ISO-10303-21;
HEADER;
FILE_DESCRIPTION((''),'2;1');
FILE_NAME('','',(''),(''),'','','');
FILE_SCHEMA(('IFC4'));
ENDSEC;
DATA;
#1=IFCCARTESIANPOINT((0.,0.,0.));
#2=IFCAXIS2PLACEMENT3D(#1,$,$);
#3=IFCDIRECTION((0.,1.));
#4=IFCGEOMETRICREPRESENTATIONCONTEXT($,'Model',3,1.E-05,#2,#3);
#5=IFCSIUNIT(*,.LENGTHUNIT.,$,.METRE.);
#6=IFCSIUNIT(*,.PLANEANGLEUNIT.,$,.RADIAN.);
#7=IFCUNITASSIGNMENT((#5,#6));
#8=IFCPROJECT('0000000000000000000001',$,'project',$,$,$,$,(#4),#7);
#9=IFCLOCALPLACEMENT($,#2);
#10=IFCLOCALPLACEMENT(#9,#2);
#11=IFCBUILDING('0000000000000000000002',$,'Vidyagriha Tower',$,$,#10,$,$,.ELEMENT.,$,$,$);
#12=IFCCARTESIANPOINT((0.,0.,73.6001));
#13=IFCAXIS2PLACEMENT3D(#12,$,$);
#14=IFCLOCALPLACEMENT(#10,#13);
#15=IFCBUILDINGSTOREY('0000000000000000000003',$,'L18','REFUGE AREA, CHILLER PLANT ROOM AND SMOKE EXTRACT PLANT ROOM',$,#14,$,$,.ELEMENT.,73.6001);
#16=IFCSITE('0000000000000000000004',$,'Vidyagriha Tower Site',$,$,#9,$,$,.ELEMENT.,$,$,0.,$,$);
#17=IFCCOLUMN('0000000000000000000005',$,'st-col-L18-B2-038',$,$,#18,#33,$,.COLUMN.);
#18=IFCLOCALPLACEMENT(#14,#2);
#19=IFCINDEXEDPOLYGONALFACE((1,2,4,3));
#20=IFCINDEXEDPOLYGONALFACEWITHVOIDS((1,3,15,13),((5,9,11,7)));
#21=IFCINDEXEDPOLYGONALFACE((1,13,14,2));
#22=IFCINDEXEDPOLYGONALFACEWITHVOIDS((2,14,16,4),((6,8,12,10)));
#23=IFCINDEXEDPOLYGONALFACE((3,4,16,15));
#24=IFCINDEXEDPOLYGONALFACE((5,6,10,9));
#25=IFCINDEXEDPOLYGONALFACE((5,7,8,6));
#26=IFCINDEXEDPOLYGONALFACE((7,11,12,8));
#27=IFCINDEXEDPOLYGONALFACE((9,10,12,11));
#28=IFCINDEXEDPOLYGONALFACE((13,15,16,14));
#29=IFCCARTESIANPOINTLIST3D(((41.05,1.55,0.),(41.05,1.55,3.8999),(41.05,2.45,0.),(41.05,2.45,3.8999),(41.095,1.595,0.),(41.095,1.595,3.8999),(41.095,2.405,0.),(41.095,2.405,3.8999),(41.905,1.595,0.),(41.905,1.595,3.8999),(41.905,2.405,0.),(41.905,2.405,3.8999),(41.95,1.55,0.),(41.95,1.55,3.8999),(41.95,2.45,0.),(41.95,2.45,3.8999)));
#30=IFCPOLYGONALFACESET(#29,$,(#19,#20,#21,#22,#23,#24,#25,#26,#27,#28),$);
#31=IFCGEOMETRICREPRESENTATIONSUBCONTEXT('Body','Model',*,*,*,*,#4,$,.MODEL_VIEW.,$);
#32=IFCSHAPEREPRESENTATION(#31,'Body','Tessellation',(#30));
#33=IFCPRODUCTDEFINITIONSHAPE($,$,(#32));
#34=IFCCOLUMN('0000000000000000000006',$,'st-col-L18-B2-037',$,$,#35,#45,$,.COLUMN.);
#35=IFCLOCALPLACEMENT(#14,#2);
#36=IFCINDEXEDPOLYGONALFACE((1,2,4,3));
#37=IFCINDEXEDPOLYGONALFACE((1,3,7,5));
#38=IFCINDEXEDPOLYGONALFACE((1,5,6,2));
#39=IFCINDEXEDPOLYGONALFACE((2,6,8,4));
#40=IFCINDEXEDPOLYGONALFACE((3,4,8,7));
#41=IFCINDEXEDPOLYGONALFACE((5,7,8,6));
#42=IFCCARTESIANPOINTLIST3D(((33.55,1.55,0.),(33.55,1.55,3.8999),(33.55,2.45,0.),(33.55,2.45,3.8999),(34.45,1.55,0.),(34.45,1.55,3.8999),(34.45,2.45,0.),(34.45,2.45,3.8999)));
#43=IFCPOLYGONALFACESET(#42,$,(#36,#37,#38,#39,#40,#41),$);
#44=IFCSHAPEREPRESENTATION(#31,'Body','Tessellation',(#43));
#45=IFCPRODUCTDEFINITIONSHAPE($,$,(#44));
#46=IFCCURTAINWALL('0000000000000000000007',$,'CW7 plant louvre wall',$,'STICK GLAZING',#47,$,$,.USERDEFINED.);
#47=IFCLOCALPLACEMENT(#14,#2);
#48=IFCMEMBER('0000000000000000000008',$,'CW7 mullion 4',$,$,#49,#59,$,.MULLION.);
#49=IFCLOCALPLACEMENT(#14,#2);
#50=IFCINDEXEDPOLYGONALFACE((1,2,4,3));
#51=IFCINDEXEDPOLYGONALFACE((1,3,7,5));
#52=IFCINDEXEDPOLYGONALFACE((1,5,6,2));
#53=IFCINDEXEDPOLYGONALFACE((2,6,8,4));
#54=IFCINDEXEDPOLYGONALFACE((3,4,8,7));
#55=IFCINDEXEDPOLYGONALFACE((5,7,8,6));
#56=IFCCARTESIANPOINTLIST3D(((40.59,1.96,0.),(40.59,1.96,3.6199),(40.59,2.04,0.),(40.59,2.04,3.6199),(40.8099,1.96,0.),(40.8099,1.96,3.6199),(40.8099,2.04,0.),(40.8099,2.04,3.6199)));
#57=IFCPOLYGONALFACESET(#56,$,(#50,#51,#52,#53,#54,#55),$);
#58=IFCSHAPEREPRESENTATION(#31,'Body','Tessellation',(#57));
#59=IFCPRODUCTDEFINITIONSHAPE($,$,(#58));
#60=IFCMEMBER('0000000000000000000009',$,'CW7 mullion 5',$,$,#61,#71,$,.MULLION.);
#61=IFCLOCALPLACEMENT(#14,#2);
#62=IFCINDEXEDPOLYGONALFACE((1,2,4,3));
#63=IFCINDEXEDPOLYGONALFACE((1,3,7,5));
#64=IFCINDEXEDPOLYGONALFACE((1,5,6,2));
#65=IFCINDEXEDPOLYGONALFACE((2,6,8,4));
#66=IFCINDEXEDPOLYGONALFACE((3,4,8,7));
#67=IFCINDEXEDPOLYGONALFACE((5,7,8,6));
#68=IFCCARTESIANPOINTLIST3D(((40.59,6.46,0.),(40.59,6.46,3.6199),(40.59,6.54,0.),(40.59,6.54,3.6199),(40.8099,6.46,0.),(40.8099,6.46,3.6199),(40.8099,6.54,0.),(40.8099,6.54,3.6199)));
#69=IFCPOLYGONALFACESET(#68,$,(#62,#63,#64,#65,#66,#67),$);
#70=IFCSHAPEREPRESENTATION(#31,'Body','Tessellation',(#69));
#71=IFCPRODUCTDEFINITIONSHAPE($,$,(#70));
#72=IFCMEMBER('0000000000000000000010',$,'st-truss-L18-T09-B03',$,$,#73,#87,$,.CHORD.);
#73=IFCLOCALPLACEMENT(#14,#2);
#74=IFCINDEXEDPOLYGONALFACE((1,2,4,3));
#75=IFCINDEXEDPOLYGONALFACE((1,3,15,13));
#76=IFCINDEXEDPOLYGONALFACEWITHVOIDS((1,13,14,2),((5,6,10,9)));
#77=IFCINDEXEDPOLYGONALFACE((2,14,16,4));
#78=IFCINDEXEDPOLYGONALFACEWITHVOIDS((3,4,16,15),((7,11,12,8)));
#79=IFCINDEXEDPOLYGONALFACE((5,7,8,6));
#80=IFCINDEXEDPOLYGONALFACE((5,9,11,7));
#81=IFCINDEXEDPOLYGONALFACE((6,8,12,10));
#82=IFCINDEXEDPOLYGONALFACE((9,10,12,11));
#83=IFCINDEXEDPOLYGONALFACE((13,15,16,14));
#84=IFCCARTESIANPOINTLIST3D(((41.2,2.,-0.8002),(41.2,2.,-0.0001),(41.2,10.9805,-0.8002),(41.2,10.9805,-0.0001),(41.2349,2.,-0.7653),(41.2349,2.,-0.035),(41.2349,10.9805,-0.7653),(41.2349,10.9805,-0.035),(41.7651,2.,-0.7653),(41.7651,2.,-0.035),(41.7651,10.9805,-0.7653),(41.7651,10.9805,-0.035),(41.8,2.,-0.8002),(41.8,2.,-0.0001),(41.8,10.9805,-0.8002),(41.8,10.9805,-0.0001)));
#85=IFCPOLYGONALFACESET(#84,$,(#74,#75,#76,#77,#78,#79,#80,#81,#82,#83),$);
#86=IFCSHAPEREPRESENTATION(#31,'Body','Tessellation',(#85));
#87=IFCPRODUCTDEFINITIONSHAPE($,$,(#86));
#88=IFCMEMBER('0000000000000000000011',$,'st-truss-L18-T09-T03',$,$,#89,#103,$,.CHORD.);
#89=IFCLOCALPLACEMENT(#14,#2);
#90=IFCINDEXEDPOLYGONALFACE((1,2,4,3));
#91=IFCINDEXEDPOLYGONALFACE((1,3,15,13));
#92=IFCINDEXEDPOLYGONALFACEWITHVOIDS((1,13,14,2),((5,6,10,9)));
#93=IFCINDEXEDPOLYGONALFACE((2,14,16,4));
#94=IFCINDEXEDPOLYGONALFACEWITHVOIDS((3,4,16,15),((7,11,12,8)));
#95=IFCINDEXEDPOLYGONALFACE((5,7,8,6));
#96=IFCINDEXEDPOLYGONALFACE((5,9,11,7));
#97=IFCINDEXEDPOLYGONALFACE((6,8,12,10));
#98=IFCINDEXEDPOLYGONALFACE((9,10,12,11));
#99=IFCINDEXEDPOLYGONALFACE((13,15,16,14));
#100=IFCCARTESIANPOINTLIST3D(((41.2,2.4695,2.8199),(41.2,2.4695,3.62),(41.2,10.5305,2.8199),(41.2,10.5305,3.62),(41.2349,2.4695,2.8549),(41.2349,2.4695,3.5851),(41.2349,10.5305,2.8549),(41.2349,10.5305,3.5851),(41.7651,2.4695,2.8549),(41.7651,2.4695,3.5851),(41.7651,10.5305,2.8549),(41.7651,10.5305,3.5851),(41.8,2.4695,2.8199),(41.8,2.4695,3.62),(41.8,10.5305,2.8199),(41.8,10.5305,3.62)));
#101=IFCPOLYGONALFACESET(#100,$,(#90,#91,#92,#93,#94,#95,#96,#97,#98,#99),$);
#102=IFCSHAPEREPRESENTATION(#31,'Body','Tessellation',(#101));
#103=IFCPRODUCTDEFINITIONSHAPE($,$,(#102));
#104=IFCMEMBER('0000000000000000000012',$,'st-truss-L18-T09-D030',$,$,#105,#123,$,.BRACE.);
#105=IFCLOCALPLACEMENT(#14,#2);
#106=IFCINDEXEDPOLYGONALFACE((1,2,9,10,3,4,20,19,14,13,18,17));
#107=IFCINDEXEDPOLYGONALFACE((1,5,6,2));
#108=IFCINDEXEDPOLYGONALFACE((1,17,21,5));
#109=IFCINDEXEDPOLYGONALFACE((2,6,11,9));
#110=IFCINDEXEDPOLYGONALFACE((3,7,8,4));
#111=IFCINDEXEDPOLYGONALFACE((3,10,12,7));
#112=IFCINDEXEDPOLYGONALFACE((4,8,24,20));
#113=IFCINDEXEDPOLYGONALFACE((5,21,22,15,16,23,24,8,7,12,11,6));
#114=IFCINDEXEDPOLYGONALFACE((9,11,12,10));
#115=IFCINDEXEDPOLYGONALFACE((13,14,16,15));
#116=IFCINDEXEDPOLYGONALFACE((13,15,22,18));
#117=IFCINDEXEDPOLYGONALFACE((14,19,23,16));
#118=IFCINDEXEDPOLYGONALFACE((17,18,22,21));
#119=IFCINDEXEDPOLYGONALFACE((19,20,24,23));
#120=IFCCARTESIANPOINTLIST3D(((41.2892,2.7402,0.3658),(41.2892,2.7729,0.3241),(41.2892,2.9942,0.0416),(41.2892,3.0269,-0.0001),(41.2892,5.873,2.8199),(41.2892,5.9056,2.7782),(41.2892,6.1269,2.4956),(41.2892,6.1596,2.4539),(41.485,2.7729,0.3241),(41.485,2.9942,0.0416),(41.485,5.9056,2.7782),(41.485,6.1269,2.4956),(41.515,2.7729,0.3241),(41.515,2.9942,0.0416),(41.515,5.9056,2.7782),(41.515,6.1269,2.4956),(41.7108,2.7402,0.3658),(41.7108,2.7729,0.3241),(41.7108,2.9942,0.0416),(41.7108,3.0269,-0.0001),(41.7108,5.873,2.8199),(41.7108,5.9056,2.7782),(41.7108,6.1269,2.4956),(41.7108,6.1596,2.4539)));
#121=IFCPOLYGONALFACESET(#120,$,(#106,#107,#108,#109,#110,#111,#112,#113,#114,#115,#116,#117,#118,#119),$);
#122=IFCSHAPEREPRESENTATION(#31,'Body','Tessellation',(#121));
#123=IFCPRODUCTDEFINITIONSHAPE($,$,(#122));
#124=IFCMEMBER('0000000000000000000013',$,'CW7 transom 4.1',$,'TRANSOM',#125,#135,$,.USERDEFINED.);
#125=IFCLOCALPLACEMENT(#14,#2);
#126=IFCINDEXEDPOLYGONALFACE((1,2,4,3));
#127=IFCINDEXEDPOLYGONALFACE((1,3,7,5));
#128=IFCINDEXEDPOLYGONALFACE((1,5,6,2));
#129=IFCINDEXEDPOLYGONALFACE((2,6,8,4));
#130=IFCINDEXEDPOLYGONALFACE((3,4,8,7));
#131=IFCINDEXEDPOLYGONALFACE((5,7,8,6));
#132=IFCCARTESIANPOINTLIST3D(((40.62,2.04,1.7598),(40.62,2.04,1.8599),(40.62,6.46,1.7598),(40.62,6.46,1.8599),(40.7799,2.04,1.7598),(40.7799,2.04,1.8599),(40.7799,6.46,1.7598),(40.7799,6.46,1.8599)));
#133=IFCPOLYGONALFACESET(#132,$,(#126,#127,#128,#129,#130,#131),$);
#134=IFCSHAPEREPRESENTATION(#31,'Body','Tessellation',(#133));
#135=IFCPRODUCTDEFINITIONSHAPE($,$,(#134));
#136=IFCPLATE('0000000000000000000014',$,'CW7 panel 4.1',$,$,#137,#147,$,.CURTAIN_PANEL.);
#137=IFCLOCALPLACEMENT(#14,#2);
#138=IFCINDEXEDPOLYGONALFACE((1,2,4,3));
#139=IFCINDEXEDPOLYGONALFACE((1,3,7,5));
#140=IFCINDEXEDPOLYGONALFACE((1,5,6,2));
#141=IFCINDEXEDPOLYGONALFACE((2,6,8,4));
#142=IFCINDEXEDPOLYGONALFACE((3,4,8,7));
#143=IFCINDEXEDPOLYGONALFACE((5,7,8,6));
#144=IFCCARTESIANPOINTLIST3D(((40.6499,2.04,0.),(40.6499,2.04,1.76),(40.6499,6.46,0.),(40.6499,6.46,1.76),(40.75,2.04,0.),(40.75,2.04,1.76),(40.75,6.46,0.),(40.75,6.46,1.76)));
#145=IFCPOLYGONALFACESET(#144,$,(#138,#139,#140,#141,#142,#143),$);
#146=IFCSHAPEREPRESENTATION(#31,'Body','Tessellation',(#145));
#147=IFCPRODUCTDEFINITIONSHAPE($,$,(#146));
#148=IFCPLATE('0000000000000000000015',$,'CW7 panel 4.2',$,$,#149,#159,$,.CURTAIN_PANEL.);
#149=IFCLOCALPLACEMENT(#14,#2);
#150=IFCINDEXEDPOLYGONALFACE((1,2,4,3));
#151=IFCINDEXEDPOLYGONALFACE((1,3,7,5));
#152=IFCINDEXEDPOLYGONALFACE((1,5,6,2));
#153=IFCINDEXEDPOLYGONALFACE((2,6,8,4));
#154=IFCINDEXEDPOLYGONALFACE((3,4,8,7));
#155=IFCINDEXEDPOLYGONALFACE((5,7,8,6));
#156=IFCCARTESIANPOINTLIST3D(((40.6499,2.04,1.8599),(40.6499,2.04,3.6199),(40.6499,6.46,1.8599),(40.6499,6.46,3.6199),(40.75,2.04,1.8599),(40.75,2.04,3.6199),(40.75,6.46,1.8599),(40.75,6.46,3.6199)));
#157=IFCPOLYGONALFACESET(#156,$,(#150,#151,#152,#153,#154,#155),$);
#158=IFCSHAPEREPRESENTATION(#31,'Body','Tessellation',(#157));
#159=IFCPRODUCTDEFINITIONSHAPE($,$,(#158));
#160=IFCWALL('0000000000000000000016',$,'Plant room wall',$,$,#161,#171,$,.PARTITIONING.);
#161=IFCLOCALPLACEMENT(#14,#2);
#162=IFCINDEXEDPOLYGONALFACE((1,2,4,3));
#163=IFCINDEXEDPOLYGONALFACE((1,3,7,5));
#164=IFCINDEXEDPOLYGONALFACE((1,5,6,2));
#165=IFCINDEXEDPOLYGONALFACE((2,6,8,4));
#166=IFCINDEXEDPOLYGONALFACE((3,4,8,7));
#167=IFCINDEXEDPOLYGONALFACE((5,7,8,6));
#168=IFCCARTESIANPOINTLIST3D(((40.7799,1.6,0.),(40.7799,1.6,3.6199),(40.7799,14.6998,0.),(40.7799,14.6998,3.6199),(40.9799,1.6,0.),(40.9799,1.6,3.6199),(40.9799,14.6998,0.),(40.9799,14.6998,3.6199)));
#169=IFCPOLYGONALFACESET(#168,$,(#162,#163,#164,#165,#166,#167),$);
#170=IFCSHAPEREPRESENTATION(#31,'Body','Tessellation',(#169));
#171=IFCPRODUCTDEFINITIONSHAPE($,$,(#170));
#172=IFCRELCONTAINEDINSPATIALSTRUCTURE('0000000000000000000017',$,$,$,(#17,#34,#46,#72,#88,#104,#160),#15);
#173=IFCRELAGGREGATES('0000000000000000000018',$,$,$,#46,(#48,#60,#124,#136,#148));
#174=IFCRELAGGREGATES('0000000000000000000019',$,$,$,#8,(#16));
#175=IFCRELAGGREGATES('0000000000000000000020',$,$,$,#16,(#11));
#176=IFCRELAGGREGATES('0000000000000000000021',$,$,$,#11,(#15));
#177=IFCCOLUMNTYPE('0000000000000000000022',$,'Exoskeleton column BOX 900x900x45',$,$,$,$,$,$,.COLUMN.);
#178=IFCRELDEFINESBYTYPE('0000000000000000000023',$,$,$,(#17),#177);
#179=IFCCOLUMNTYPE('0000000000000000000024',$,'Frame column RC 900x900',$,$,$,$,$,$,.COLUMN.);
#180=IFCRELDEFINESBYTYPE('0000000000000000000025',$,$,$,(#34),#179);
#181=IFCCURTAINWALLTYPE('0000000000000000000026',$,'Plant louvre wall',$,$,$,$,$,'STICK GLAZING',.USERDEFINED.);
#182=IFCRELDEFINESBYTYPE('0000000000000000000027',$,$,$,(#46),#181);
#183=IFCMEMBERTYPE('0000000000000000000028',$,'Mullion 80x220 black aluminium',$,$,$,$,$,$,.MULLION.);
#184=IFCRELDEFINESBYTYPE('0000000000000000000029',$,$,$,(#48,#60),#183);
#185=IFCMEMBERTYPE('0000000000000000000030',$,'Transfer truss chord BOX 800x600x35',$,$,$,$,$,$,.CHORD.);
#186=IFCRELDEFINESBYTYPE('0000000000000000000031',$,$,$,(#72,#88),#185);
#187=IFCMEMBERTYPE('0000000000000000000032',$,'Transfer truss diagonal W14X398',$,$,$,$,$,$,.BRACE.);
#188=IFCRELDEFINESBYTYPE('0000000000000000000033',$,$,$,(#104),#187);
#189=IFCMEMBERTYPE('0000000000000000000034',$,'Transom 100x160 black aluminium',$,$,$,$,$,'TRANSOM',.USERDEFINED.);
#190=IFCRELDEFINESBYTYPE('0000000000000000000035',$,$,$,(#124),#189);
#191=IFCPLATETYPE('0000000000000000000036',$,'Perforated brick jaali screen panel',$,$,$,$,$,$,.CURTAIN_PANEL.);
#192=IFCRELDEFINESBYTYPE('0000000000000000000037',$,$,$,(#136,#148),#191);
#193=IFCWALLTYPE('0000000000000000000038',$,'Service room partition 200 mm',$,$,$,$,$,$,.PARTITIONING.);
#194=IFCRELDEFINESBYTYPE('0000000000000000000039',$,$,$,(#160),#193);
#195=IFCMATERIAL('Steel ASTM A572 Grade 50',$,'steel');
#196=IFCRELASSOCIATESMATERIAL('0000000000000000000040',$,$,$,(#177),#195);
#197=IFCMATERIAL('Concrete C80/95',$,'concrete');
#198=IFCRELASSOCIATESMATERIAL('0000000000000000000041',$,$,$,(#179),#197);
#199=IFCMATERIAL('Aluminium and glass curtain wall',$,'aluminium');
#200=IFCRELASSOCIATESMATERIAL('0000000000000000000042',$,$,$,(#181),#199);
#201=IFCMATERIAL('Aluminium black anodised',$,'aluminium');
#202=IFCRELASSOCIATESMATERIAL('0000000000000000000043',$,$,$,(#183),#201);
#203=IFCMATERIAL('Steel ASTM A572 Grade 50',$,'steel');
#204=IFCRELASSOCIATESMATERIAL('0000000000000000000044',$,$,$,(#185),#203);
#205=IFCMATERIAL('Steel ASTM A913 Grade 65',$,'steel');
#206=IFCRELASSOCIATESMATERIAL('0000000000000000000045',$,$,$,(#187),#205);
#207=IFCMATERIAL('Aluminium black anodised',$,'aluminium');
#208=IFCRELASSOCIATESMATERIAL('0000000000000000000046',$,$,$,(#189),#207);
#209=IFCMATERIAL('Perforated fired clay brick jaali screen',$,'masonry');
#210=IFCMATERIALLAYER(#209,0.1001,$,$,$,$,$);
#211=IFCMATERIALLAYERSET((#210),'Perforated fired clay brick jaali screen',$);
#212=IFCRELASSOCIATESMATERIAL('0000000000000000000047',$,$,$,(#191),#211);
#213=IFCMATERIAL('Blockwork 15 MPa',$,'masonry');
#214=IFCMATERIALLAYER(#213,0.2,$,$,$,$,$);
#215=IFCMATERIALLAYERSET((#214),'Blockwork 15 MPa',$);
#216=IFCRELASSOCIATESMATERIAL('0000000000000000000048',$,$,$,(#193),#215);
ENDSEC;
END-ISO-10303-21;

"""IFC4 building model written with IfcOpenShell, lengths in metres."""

from ifc_helpers import new_model, si_unit, direction, frame, frame_2d, origin, origin_2d, place, context, subcontext, project, spatial, rectangle, hollow_rectangle, i_section, extrude, material, layer, layer_set, material_profile, profile_set, type_object, element, aggregate, save


model = new_model("IFC4")

# Units and contexts
model_context = context("Model", 3, precision=1e-05, world=origin(), true_north=direction((0.0, 1.0)))
body_context = subcontext(model_context, "Body", "Model", "MODEL_VIEW")
ifc_project = project(units=[si_unit("LENGTHUNIT", "METRE"), si_unit("PLANEANGLEUNIT", "RADIAN")], contexts=[model_context])

# Site, building, storey
site_placement = place(None, origin())
site = spatial("IfcSite", under=ifc_project, at=site_placement, Name="Vidyagriha Tower Site", CompositionType="ELEMENT", RefElevation=0.0)
building_placement = place(site_placement, origin())
building = spatial("IfcBuilding", under=site, at=building_placement, Name="Vidyagriha Tower", CompositionType="ELEMENT")
storey_placement = place(building_placement, frame((0.0, 0.0, 73.6001)))
storey = spatial("IfcBuildingStorey", under=building, at=storey_placement, Name="L18", Description="REFUGE AREA, CHILLER PLANT ROOM AND SMOKE EXTRACT PLANT ROOM", CompositionType="ELEMENT", Elevation=73.6001)

# Columns
ifc_material_1 = material(Name="Steel ASTM A572 Grade 50", Category="steel")
ifc_material_profile_1 = material_profile(ifc_material_1, hollow_rectangle(XDim=0.8999, YDim=0.8999, WallThickness=0.0449, at=origin_2d()), Name="BOX 900x900x45")
ifc_profile_set_1 = profile_set([ifc_material_profile_1], Name="Steel ASTM A572 Grade 50")
column_type_1 = type_object("IfcColumnType", Name="Exoskeleton column BOX 900x900x45", PredefinedType="COLUMN", material=ifc_profile_set_1)
column_1_placement = place(storey_placement, frame((41.5, 2.0, 0.0)))
element("IfcColumn", 1, at=column_1_placement, inside=storey, type_object=column_type_1, Name="st-col-L18-B2-038", PredefinedType="COLUMN", context=body_context, shape_type="SweptSolid", body=[
    extrude(hollow_rectangle(XDim=0.8999, YDim=0.8999, WallThickness=0.0449, at=origin_2d()), origin(), (0.0, 0.0, 1.0), 3.8999),
])
ifc_material_2 = material(Name="Concrete C80/95", Category="concrete")
ifc_material_profile_2 = material_profile(ifc_material_2, rectangle(XDim=0.8999, YDim=0.8999, at=origin_2d()), Name="RC 900x900")
ifc_profile_set_2 = profile_set([ifc_material_profile_2], Name="Concrete C80/95")
column_type_2 = type_object("IfcColumnType", Name="Frame column RC 900x900", PredefinedType="COLUMN", material=ifc_profile_set_2)
column_2_placement = place(storey_placement, frame((34.0, 2.0, 0.0)))
element("IfcColumn", 2, at=column_2_placement, inside=storey, type_object=column_type_2, Name="st-col-L18-B2-037", PredefinedType="COLUMN", context=body_context, shape_type="SweptSolid", body=[
    extrude(rectangle(XDim=0.8999, YDim=0.8999, at=origin_2d()), origin(), (0.0, 0.0, 1.0), 3.8999),
])

# Curtain wall, members
ifc_material_3 = material(Name="Aluminium and glass curtain wall", Category="aluminium")
curtain_wall_type = type_object("IfcCurtainWallType", Name="Plant louvre wall", ElementType="STICK GLAZING", PredefinedType="USERDEFINED", material=ifc_material_3)
curtain_wall_placement = place(storey_placement, origin())
curtain_wall = element("IfcCurtainWall", 3, at=curtain_wall_placement, inside=storey, type_object=curtain_wall_type, Name="CW7 plant louvre wall", ObjectType="STICK GLAZING", PredefinedType="USERDEFINED")
ifc_material_4 = material(Name="Aluminium black anodised", Category="aluminium")
ifc_material_profile_3 = material_profile(ifc_material_4, rectangle(XDim=0.22, YDim=0.0801, at=origin_2d()), Name="Mullion 80x220 black aluminium")
ifc_profile_set_3 = profile_set([ifc_material_profile_3], Name="Aluminium black anodised")
member_type_1 = type_object("IfcMemberType", Name="Mullion 80x220 black aluminium", PredefinedType="MULLION", material=ifc_profile_set_3)
member_1_placement = place(storey_placement, frame((40.7, 2.0, 0.0), z_axis=(0.0, 0.0, 1.0), x_axis=(-1.0, 0.0, 0.0)))
member_1 = element("IfcMember", 4, at=member_1_placement, type_object=member_type_1, Name="CW7 mullion 4", PredefinedType="MULLION", context=body_context, shape_type="SweptSolid", body=[
    extrude(rectangle(XDim=0.22, YDim=0.0801, at=origin_2d()), origin(), (0.0, 0.0, 1.0), 3.6199),
])
member_2_placement = place(storey_placement, frame((40.7, 6.5, 0.0), z_axis=(0.0, 0.0, 1.0), x_axis=(-1.0, 0.0, 0.0)))
member_2 = element("IfcMember", 5, at=member_2_placement, type_object=member_type_1, Name="CW7 mullion 5", PredefinedType="MULLION", context=body_context, shape_type="SweptSolid", body=[
    extrude(rectangle(XDim=0.22, YDim=0.0801, at=origin_2d()), origin(), (0.0, 0.0, 1.0), 3.6199),
])

# Members
ifc_material_5 = material(Name="Steel ASTM A572 Grade 50", Category="steel")
ifc_material_profile_4 = material_profile(ifc_material_5, hollow_rectangle(XDim=0.6001, YDim=0.8, WallThickness=0.0349, at=origin_2d()), Name="BOX 800x600x35")
ifc_profile_set_4 = profile_set([ifc_material_profile_4], Name="Steel ASTM A572 Grade 50")
member_type_2 = type_object("IfcMemberType", Name="Transfer truss chord BOX 800x600x35", PredefinedType="CHORD", material=ifc_profile_set_4)
member_3_placement = place(storey_placement, frame((41.5, 2.0, -0.4001), z_axis=(0.0, 1.0, 0.0), x_axis=(-1.0, 0.0, 0.0)))
element("IfcMember", 6, at=member_3_placement, inside=storey, type_object=member_type_2, Name="st-truss-L18-T09-B03", PredefinedType="CHORD", context=body_context, shape_type="SweptSolid", body=[
    extrude(hollow_rectangle(XDim=0.6001, YDim=0.8, WallThickness=0.0349, at=origin_2d()), origin(), (0.0, 0.0, 1.0), 8.9805),
])
member_4_placement = place(storey_placement, frame((41.5, 2.4695, 3.22), z_axis=(0.0, 1.0, 0.0), x_axis=(-1.0, 0.0, 0.0)))
element("IfcMember", 7, at=member_4_placement, inside=storey, type_object=member_type_2, Name="st-truss-L18-T09-T03", PredefinedType="CHORD", context=body_context, shape_type="SweptSolid", body=[
    extrude(hollow_rectangle(XDim=0.6001, YDim=0.8, WallThickness=0.0349, at=origin_2d()), origin(), (0.0, 0.0, 1.0), 8.061),
])
ifc_material_6 = material(Name="Steel ASTM A913 Grade 65", Category="steel")
ifc_material_profile_5 = material_profile(ifc_material_6, i_section(OverallWidth=0.4216, OverallDepth=0.4648, WebThickness=0.03, FlangeThickness=0.053, at=origin_2d()), Name="W14X398")
ifc_profile_set_5 = profile_set([ifc_material_profile_5], Name="Steel ASTM A913 Grade 65")
member_type_3 = type_object("IfcMemberType", Name="Transfer truss diagonal W14X398", PredefinedType="BRACE", material=ifc_profile_set_5)
member_5_placement = place(storey_placement, frame((41.5, 2.8835, 0.1829), z_axis=(0.0, 0.78722, 0.616672), x_axis=(-1.0, 0.0, 0.0)))
element("IfcMember", 8, at=member_5_placement, inside=storey, type_object=member_type_3, Name="st-truss-L18-T09-D030", PredefinedType="BRACE", context=body_context, shape_type="SweptSolid", body=[
    extrude(i_section(OverallWidth=0.4216, OverallDepth=0.4648, WebThickness=0.03, FlangeThickness=0.053, at=origin_2d()), origin(), (0.0, 0.0, 1.0), 3.9795),
])

# Member
ifc_material_7 = material(Name="Aluminium black anodised", Category="aluminium")
ifc_material_profile_6 = material_profile(ifc_material_7, rectangle(XDim=0.1599, YDim=0.1001, at=origin_2d()), Name="Transom 100x160 black aluminium")
ifc_profile_set_6 = profile_set([ifc_material_profile_6], Name="Aluminium black anodised")
member_type_4 = type_object("IfcMemberType", Name="Transom 100x160 black aluminium", ElementType="TRANSOM", PredefinedType="USERDEFINED", material=ifc_profile_set_6)
member_6_placement = place(storey_placement, frame((40.7, 2.04, 1.8098), z_axis=(0.0, 1.0, 0.0), x_axis=(-1.0, 0.0, 0.0)))
member_6 = element("IfcMember", 9, at=member_6_placement, type_object=member_type_4, Name="CW7 transom 4.1", ObjectType="TRANSOM", PredefinedType="USERDEFINED", context=body_context, shape_type="SweptSolid", body=[
    extrude(rectangle(XDim=0.1599, YDim=0.1001, at=origin_2d()), origin(), (0.0, 0.0, 1.0), 4.4199),
])

# Plates
ifc_material_8 = material(Name="Perforated fired clay brick jaali screen", Category="masonry")
ifc_layer_1 = layer(ifc_material_8, 0.1001)
ifc_layer_set_1 = layer_set([ifc_layer_1], Name="Perforated fired clay brick jaali screen")
plate_type = type_object("IfcPlateType", Name="Perforated brick jaali screen panel", PredefinedType="CURTAIN_PANEL", material=ifc_layer_set_1)
plate_1_placement = place(storey_placement, frame((40.7, 4.25, 0.0), z_axis=(0.0, 0.0, 1.0), x_axis=(0.0, 1.0, 0.0)))
plate_1 = element("IfcPlate", 10, at=plate_1_placement, type_object=plate_type, Name="CW7 panel 4.1", PredefinedType="CURTAIN_PANEL", context=body_context, shape_type="SweptSolid", body=[
    extrude(rectangle(XDim=4.4199, YDim=0.1001, at=origin_2d()), origin(), (0.0, 0.0, 1.0), 1.76),
])
plate_2_placement = place(storey_placement, frame((40.7, 4.25, 1.8599), z_axis=(0.0, 0.0, 1.0), x_axis=(0.0, 1.0, 0.0)))
plate_2 = element("IfcPlate", 11, at=plate_2_placement, type_object=plate_type, Name="CW7 panel 4.2", PredefinedType="CURTAIN_PANEL", context=body_context, shape_type="SweptSolid", body=[
    extrude(rectangle(XDim=4.4199, YDim=0.1001, at=origin_2d()), origin(), (0.0, 0.0, 1.0), 1.76),
])
aggregate(curtain_wall, [member_1, member_2, member_6, plate_1, plate_2])

# Wall
ifc_material_9 = material(Name="Blockwork 15 MPa", Category="masonry")
ifc_layer_2 = layer(ifc_material_9, 0.2)
ifc_layer_set_2 = layer_set([ifc_layer_2], Name="Blockwork 15 MPa")
wall_type = type_object("IfcWallType", Name="Service room partition 200 mm", PredefinedType="PARTITIONING", material=ifc_layer_set_2)
wall_placement = place(storey_placement, frame((40.8799, 1.6001, 0.0), z_axis=(0.0, 0.0, 1.0), x_axis=(0.0, 1.0, 0.0)))
element("IfcWall", 12, at=wall_placement, inside=storey, type_object=wall_type, Name="Plant room wall", PredefinedType="PARTITIONING", context=body_context, shape_type="SweptSolid", body=[
    extrude(rectangle(XDim=13.0999, YDim=0.2, at=frame_2d((6.5498, 0.0))), origin(), (0.0, 0.0, 1.0), 3.6199),
])

save(model, "model.ifc")
